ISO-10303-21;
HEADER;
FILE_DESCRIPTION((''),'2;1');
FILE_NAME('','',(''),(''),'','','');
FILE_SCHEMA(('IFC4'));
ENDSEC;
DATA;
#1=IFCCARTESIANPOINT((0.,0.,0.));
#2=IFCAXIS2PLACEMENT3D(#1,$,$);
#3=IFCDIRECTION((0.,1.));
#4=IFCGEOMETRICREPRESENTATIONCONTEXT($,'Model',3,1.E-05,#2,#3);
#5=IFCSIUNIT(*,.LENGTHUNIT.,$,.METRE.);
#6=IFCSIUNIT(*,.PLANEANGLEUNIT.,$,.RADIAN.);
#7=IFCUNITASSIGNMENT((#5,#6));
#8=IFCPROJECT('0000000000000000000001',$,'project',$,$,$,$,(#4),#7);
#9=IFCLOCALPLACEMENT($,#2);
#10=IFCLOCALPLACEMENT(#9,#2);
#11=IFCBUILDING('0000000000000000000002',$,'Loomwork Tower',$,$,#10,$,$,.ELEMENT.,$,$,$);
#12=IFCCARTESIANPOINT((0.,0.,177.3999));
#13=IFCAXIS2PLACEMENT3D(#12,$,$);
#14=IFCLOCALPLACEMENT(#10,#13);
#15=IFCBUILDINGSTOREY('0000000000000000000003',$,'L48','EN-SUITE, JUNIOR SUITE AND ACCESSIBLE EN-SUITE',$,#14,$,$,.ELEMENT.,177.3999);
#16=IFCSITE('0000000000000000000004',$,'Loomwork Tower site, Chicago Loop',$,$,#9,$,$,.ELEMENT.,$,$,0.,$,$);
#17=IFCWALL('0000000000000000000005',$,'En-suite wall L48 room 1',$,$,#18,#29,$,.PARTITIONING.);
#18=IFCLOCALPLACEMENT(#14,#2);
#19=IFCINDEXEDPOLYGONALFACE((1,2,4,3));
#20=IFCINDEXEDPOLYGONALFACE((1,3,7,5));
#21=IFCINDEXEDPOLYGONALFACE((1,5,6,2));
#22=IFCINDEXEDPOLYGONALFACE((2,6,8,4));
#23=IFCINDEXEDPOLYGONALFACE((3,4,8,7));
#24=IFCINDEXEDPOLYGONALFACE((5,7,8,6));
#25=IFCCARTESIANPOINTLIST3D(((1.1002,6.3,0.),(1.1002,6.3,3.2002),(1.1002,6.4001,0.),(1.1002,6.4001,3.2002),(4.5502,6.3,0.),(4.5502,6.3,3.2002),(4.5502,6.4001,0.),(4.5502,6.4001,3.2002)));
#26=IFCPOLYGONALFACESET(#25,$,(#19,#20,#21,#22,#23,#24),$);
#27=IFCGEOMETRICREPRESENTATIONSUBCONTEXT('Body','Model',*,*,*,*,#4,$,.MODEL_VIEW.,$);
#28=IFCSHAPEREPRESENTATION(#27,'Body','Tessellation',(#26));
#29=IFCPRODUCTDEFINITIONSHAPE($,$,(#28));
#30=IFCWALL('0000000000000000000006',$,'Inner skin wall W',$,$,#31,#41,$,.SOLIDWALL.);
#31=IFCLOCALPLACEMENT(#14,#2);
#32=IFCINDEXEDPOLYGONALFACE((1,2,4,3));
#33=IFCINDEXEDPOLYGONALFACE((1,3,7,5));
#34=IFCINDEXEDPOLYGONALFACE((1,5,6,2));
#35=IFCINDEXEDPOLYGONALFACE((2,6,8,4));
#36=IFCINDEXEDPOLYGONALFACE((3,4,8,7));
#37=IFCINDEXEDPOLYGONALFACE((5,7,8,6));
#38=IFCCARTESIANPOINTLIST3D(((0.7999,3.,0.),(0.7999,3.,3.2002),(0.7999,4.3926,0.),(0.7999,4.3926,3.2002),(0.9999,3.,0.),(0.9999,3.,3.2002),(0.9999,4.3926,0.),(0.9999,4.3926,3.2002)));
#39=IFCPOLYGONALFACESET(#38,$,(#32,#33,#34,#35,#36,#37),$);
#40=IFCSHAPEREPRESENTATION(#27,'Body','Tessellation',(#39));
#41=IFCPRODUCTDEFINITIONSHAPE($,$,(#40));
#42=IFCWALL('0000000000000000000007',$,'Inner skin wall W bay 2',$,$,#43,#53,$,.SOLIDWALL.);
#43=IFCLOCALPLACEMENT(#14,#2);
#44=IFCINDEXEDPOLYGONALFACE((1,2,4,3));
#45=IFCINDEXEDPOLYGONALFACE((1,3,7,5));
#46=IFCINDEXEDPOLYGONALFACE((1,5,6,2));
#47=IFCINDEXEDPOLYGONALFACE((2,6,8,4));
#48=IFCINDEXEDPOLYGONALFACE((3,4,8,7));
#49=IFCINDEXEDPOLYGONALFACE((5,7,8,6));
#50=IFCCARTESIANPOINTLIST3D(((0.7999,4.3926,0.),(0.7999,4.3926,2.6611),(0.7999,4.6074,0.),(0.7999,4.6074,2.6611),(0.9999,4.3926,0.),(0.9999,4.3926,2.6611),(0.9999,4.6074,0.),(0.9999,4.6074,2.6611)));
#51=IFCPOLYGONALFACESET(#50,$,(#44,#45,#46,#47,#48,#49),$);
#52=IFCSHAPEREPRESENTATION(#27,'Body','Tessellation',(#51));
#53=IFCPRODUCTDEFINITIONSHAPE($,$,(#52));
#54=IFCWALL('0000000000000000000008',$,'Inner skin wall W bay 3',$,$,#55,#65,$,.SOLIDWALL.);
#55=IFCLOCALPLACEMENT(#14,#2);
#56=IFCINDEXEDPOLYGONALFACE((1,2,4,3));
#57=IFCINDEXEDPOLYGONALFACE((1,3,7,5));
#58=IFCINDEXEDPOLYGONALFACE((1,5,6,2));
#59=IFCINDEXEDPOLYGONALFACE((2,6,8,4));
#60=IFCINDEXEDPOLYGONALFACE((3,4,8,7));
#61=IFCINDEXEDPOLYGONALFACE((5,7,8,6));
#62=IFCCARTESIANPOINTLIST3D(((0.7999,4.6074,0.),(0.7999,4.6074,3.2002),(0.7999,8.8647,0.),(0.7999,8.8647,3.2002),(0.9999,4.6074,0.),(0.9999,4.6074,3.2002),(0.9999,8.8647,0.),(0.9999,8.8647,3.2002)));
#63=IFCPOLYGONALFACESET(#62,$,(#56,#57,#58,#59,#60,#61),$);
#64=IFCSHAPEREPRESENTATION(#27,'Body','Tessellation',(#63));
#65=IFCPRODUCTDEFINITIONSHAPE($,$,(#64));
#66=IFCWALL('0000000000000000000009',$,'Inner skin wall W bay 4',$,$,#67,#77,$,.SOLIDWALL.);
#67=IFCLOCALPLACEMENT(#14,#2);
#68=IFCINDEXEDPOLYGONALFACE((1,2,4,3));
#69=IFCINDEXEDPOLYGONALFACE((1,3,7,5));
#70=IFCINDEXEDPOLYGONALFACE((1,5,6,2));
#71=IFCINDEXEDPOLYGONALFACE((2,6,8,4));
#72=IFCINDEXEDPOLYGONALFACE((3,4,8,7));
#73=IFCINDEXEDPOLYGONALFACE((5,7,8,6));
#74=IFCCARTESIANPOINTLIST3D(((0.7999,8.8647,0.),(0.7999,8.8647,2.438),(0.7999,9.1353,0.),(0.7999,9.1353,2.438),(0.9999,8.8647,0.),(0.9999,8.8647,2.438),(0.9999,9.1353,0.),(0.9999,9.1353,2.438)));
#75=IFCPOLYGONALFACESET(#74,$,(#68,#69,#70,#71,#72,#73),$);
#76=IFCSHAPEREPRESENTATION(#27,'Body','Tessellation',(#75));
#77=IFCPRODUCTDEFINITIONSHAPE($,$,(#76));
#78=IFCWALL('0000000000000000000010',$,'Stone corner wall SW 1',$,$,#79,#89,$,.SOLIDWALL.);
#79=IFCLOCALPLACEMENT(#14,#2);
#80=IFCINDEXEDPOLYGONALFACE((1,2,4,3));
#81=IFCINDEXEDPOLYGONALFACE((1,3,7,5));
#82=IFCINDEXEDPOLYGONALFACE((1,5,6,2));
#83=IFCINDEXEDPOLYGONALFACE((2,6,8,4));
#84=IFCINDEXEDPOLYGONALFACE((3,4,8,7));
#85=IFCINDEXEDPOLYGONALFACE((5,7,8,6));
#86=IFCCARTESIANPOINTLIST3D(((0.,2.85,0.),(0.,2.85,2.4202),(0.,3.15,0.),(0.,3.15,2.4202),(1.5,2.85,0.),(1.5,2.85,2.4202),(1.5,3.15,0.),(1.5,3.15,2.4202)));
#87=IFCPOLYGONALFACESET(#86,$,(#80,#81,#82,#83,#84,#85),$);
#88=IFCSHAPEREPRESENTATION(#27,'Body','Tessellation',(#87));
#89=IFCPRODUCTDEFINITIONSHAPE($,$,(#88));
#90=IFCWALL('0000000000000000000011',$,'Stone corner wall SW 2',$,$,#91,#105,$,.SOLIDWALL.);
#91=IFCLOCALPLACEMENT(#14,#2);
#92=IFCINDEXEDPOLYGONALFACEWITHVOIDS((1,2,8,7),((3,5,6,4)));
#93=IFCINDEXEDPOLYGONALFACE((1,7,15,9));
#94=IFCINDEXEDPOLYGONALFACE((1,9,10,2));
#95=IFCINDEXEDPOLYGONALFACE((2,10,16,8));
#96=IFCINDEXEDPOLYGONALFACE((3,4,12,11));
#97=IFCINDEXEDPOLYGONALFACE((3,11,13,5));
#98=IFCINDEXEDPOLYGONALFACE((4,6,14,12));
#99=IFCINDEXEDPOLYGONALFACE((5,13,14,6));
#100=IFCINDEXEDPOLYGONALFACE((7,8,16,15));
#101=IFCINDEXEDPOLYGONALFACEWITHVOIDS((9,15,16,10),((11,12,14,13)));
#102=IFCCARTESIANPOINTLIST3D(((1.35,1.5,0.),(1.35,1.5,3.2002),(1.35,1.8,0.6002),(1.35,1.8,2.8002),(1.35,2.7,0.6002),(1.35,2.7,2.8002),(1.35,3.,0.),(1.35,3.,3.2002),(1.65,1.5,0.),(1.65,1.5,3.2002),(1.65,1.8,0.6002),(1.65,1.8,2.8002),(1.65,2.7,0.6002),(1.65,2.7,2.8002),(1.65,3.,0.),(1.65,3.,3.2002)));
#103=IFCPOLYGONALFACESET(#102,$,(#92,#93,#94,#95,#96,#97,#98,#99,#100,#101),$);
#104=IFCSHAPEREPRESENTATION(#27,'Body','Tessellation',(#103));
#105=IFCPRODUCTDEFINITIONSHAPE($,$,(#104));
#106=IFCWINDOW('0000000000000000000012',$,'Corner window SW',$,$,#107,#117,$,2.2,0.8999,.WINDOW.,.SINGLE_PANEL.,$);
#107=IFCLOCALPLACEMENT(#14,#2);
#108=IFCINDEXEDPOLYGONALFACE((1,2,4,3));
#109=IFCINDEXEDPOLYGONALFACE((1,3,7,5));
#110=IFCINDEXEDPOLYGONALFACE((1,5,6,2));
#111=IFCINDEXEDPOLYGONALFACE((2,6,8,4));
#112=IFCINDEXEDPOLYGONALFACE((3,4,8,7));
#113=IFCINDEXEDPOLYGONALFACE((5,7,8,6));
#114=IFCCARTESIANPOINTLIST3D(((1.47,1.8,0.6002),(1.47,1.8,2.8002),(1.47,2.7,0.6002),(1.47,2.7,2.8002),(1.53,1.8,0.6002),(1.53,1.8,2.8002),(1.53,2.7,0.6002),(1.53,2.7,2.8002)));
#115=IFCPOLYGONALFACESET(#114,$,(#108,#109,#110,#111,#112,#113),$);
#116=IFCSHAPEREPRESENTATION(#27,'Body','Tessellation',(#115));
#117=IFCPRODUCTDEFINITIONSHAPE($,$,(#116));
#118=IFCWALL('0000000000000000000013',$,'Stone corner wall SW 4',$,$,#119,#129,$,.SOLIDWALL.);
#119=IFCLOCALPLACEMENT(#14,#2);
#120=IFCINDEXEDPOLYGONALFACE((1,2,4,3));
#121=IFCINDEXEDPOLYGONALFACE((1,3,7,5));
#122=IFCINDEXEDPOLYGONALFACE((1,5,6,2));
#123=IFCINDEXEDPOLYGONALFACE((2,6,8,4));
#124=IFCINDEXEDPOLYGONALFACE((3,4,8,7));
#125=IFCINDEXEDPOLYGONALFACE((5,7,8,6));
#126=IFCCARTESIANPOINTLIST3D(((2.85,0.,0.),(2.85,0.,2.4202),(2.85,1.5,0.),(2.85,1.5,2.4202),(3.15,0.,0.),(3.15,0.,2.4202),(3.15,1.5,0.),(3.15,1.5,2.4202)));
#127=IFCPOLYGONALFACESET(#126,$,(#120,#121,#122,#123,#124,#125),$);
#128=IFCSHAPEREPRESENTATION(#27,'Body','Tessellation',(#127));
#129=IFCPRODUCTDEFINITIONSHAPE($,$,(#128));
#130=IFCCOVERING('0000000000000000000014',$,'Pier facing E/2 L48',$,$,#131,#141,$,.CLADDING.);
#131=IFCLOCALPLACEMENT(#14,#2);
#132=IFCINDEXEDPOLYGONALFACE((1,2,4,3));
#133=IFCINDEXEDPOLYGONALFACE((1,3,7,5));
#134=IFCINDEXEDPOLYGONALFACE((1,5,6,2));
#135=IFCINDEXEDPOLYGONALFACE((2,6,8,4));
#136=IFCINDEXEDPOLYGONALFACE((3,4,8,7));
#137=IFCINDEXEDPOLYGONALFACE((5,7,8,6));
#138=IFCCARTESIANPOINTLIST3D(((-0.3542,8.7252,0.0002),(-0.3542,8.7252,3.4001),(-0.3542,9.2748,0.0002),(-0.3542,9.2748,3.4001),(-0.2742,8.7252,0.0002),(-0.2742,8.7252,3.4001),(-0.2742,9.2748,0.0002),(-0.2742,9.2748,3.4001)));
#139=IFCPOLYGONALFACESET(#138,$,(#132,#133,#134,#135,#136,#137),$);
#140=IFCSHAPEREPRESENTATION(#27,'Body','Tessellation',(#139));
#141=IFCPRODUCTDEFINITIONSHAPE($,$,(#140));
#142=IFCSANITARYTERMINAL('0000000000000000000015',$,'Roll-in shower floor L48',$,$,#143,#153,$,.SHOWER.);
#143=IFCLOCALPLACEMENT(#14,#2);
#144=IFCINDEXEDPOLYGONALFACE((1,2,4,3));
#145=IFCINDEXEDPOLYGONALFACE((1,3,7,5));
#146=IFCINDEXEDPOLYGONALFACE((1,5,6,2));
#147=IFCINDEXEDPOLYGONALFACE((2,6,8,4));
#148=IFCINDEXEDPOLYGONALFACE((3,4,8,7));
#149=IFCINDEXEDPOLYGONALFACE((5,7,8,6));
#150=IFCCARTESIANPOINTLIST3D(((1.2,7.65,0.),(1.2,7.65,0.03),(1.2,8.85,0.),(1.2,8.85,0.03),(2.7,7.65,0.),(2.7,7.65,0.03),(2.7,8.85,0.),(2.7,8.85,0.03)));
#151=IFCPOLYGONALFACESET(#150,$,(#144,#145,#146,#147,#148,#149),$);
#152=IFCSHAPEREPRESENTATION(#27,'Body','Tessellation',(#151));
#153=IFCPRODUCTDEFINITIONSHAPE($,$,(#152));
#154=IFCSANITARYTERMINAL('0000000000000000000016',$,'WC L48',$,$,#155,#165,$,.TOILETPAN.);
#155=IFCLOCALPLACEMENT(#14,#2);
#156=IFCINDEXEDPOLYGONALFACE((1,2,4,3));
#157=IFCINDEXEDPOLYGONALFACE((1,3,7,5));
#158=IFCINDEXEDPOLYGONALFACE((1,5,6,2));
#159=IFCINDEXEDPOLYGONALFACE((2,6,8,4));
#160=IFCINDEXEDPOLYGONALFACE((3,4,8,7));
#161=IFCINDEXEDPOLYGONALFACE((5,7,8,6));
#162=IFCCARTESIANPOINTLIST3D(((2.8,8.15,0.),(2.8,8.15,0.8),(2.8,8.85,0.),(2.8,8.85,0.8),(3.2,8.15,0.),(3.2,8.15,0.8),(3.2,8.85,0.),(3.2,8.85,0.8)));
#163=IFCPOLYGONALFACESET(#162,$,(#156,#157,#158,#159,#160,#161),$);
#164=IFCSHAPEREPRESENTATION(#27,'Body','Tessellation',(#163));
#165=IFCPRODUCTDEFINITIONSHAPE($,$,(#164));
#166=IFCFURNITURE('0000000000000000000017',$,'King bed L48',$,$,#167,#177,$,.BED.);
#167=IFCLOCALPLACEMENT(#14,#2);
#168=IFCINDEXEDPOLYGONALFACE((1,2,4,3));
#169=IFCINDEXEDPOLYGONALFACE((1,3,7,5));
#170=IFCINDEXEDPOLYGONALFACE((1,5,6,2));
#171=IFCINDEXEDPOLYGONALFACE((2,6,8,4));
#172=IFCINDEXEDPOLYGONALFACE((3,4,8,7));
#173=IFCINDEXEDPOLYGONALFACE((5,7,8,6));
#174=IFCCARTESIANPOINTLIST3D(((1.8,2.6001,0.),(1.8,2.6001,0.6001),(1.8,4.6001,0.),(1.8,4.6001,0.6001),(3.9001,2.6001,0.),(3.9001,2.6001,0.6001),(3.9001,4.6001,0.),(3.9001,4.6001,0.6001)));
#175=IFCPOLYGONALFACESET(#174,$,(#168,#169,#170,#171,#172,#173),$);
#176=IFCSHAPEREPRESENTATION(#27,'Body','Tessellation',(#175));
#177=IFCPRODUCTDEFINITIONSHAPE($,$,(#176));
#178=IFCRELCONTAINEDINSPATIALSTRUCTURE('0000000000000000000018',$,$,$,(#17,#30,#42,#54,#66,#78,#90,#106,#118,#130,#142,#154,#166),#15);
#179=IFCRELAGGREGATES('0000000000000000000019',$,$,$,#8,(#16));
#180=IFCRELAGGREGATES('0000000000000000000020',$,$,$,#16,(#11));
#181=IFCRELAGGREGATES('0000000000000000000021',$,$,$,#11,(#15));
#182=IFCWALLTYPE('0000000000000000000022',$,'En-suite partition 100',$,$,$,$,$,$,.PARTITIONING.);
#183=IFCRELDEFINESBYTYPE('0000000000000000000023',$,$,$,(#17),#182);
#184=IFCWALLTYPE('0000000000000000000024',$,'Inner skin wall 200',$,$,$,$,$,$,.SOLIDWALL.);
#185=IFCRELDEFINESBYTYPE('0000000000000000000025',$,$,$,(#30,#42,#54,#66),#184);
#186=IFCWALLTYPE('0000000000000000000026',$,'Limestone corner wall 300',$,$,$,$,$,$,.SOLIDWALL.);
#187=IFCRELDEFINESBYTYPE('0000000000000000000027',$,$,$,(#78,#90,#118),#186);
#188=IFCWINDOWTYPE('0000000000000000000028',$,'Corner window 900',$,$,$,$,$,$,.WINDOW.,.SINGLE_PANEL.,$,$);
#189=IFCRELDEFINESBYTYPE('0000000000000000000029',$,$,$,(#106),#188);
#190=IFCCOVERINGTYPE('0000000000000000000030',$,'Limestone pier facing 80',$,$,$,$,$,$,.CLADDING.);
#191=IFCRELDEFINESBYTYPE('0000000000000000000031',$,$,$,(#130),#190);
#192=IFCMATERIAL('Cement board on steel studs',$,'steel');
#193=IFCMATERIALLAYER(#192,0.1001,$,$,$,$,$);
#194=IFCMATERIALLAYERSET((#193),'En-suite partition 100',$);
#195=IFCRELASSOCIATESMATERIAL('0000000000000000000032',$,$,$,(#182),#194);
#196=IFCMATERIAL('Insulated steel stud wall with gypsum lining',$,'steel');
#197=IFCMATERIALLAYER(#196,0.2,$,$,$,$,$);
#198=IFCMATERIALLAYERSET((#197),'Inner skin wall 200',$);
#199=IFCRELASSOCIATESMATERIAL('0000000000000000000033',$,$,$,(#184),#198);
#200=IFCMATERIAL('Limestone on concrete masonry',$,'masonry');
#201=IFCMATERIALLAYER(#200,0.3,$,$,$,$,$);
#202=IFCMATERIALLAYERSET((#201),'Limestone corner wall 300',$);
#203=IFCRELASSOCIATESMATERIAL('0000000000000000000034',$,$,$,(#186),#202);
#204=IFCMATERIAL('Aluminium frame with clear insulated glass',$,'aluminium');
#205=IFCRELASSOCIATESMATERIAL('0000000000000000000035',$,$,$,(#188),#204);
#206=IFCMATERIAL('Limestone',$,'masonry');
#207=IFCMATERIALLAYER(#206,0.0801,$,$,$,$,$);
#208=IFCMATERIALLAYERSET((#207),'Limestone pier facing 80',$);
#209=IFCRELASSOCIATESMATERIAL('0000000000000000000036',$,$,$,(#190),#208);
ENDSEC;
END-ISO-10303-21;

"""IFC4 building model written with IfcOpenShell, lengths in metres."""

from ifc_helpers import new_model, si_unit, direction, frame, frame_2d, origin, origin_2d, place, context, subcontext, project, spatial, rectangle, extrude, material, layer, layer_set, type_object, element, fill, save


model = new_model("IFC4")

# Units and contexts
model_context = context("Model", 3, precision=1e-05, world=origin(), true_north=direction((0.0, 1.0)))
body_context = subcontext(model_context, "Body", "Model", "MODEL_VIEW")
ifc_project = project(units=[si_unit("LENGTHUNIT", "METRE"), si_unit("PLANEANGLEUNIT", "RADIAN")], contexts=[model_context])

# Site, building, storey
site_placement = place(None, origin())
site = spatial("IfcSite", under=ifc_project, at=site_placement, Name="Loomwork Tower site, Chicago Loop", CompositionType="ELEMENT", RefElevation=0.0)
building_placement = place(site_placement, origin())
building = spatial("IfcBuilding", under=site, at=building_placement, Name="Loomwork Tower", CompositionType="ELEMENT")
storey_placement = place(building_placement, frame((0.0, 0.0, 177.3999)))
storey = spatial("IfcBuildingStorey", under=building, at=storey_placement, Name="L48", Description="EN-SUITE, JUNIOR SUITE AND ACCESSIBLE EN-SUITE", CompositionType="ELEMENT", Elevation=177.3999)

# Walls
ifc_material_1 = material(Name="Cement board on steel studs", Category="steel")
ifc_layer_1 = layer(ifc_material_1, 0.1001)
ifc_layer_set_1 = layer_set([ifc_layer_1], Name="En-suite partition 100")
wall_type_1 = type_object("IfcWallType", Name="En-suite partition 100", PredefinedType="PARTITIONING", material=ifc_layer_set_1)
wall_1_placement = place(storey_placement, frame((1.1001, 6.3501, 0.0), z_axis=(0.0, 0.0, 1.0), x_axis=(1.0, 0.0, 0.0)))
element("IfcWall", 1, at=wall_1_placement, inside=storey, type_object=wall_type_1, Name="En-suite wall L48 room 1", PredefinedType="PARTITIONING", context=body_context, shape_type="SweptSolid", body=[
    extrude(rectangle(XDim=3.45, YDim=0.1001, at=frame_2d((1.7251, 0.0))), origin(), (0.0, 0.0, 1.0), 3.2002),
])
ifc_material_2 = material(Name="Insulated steel stud wall with gypsum lining", Category="steel")
ifc_layer_2 = layer(ifc_material_2, 0.2)
ifc_layer_set_2 = layer_set([ifc_layer_2], Name="Inner skin wall 200")
wall_type_2 = type_object("IfcWallType", Name="Inner skin wall 200", PredefinedType="SOLIDWALL", material=ifc_layer_set_2)
wall_2_placement = place(storey_placement, frame((0.8999, 3.0, 0.0), z_axis=(0.0, 0.0, 1.0), x_axis=(0.0, 1.0, 0.0)))
element("IfcWall", 2, at=wall_2_placement, inside=storey, type_object=wall_type_2, Name="Inner skin wall W", PredefinedType="SOLIDWALL", context=body_context, shape_type="SweptSolid", body=[
    extrude(rectangle(XDim=1.3926, YDim=0.2, at=frame_2d((0.6963, 0.0))), origin(), (0.0, 0.0, 1.0), 3.2002),
])
wall_3_placement = place(storey_placement, frame((0.8999, 4.3926, 0.0), z_axis=(0.0, 0.0, 1.0), x_axis=(0.0, 1.0, 0.0)))
element("IfcWall", 3, at=wall_3_placement, inside=storey, type_object=wall_type_2, Name="Inner skin wall W bay 2", PredefinedType="SOLIDWALL", context=body_context, shape_type="SweptSolid", body=[
    extrude(rectangle(XDim=0.2148, YDim=0.2, at=frame_2d((0.1074, 0.0))), origin(), (0.0, 0.0, 1.0), 2.6611),
])
wall_4_placement = place(storey_placement, frame((0.8999, 4.6074, 0.0), z_axis=(0.0, 0.0, 1.0), x_axis=(0.0, 1.0, 0.0)))
element("IfcWall", 4, at=wall_4_placement, inside=storey, type_object=wall_type_2, Name="Inner skin wall W bay 3", PredefinedType="SOLIDWALL", context=body_context, shape_type="SweptSolid", body=[
    extrude(rectangle(XDim=4.2573, YDim=0.2, at=frame_2d((2.1287, 0.0))), origin(), (0.0, 0.0, 1.0), 3.2002),
])
wall_5_placement = place(storey_placement, frame((0.8999, 8.8647, 0.0), z_axis=(0.0, 0.0, 1.0), x_axis=(0.0, 1.0, 0.0)))
element("IfcWall", 5, at=wall_5_placement, inside=storey, type_object=wall_type_2, Name="Inner skin wall W bay 4", PredefinedType="SOLIDWALL", context=body_context, shape_type="SweptSolid", body=[
    extrude(rectangle(XDim=0.2705, YDim=0.2, at=frame_2d((0.1353, 0.0))), origin(), (0.0, 0.0, 1.0), 2.438),
])
ifc_material_3 = material(Name="Limestone on concrete masonry", Category="masonry")
ifc_layer_3 = layer(ifc_material_3, 0.3)
ifc_layer_set_3 = layer_set([ifc_layer_3], Name="Limestone corner wall 300")
wall_type_3 = type_object("IfcWallType", Name="Limestone corner wall 300", PredefinedType="SOLIDWALL", material=ifc_layer_set_3)
wall_6_placement = place(storey_placement, frame((0.0, 3.0, 0.0), z_axis=(0.0, 0.0, 1.0), x_axis=(1.0, 0.0, 0.0)))
element("IfcWall", 6, at=wall_6_placement, inside=storey, type_object=wall_type_3, Name="Stone corner wall SW 1", PredefinedType="SOLIDWALL", context=body_context, shape_type="SweptSolid", body=[
    extrude(rectangle(XDim=1.5, YDim=0.3, at=frame_2d((0.75, 0.0))), origin(), (0.0, 0.0, 1.0), 2.4202),
])

# Wall, opening, window
wall_7_placement = place(storey_placement, frame((1.5, 3.0, 0.0), z_axis=(0.0, 0.0, 1.0), x_axis=(0.0, -1.0, 0.0)))
wall_7 = element("IfcWall", 7, at=wall_7_placement, inside=storey, type_object=wall_type_3, Name="Stone corner wall SW 2", PredefinedType="SOLIDWALL", context=body_context, shape_type="SweptSolid", body=[
    extrude(rectangle(XDim=1.5, YDim=0.3, at=frame_2d((0.75, 0.0))), origin(), (0.0, 0.0, 1.0), 3.2002),
])
opening_placement = place(wall_7_placement, frame((0.3, 0.0, 0.6001)))
opening = element("IfcOpeningElement", 8, at=opening_placement, cuts=wall_7, PredefinedType="OPENING", context=body_context, shape_type="SweptSolid", body=[
    extrude(rectangle(XDim=0.8999, YDim=2.2, at=frame_2d((0.45, 1.1001))), frame((0.0, 0.1599, 0.0), z_axis=(0.0, -1.0, 0.0), x_axis=(1.0, 0.0, 0.0)), (0.0, 0.0, 1.0), 0.3201),
])
ifc_material_4 = material(Name="Aluminium frame with clear insulated glass", Category="aluminium")
window_type = type_object("IfcWindowType", Name="Corner window 900", PartitioningType="SINGLE_PANEL", PredefinedType="WINDOW", material=ifc_material_4)
window_placement = place(opening_placement, origin())
window = element("IfcWindow", 9, at=window_placement, inside=storey, type_object=window_type, Name="Corner window SW", OverallHeight=2.2, OverallWidth=0.8999, PartitioningType="SINGLE_PANEL", PredefinedType="WINDOW", context=body_context, shape_type="SweptSolid", body=[
    extrude(rectangle(XDim=0.8999, YDim=2.2, at=frame_2d((0.45, 1.1001))), frame((0.0, 0.03, 0.0), z_axis=(0.0, -1.0, 0.0), x_axis=(1.0, 0.0, 0.0)), (0.0, 0.0, 1.0), 0.0601),
])
fill(opening, window)

# Wall
wall_8_placement = place(storey_placement, frame((3.0, 1.5, 0.0), z_axis=(0.0, 0.0, 1.0), x_axis=(0.0, -1.0, 0.0)))
element("IfcWall", 10, at=wall_8_placement, inside=storey, type_object=wall_type_3, Name="Stone corner wall SW 4", PredefinedType="SOLIDWALL", context=body_context, shape_type="SweptSolid", body=[
    extrude(rectangle(XDim=1.5, YDim=0.3, at=frame_2d((0.75, 0.0))), origin(), (0.0, 0.0, 1.0), 2.4202),
])

# Covering
ifc_material_5 = material(Name="Limestone", Category="masonry")
ifc_layer_4 = layer(ifc_material_5, 0.0801)
ifc_layer_set_4 = layer_set([ifc_layer_4], Name="Limestone pier facing 80")
covering_type = type_object("IfcCoveringType", Name="Limestone pier facing 80", PredefinedType="CLADDING", material=ifc_layer_set_4)
covering_placement = place(storey_placement, frame((-0.3142, 9.0, 0.0002), z_axis=(0.0, 0.0, 1.0), x_axis=(1.0, 0.0, 0.0)))
element("IfcCovering", 11, at=covering_placement, inside=storey, type_object=covering_type, Name="Pier facing E/2 L48", PredefinedType="CLADDING", context=body_context, shape_type="SweptSolid", body=[
    extrude(rectangle(XDim=0.0801, YDim=0.5496, at=origin_2d()), origin(), (0.0, 0.0, 1.0), 3.3999),
])

# Sanitary terminals
sanitary_terminal_1_placement = place(storey_placement, frame((1.95, 8.25, 0.0), z_axis=(0.0, 0.0, 1.0), x_axis=(1.0, 0.0, 0.0)))
element("IfcSanitaryTerminal", 12, at=sanitary_terminal_1_placement, inside=storey, Name="Roll-in shower floor L48", PredefinedType="SHOWER", context=body_context, shape_type="SweptSolid", body=[
    extrude(rectangle(XDim=1.5, YDim=1.2, at=origin_2d()), origin(), (0.0, 0.0, 1.0), 0.03),
])
sanitary_terminal_2_placement = place(storey_placement, frame((3.0, 8.5, 0.0), z_axis=(0.0, 0.0, 1.0), x_axis=(1.0, 0.0, 0.0)))
element("IfcSanitaryTerminal", 13, at=sanitary_terminal_2_placement, inside=storey, Name="WC L48", PredefinedType="TOILETPAN", context=body_context, shape_type="SweptSolid", body=[
    extrude(rectangle(XDim=0.3999, YDim=0.7, at=origin_2d()), origin(), (0.0, 0.0, 1.0), 0.8),
])

# Furniture
furniture_placement = place(storey_placement, frame((2.8501, 3.6001, 0.0), z_axis=(0.0, 0.0, 1.0), x_axis=(1.0, 0.0, 0.0)))
element("IfcFurniture", 14, at=furniture_placement, inside=storey, Name="King bed L48", PredefinedType="BED", context=body_context, shape_type="SweptSolid", body=[
    extrude(rectangle(XDim=2.1001, YDim=2.0, at=origin_2d()), origin(), (0.0, 0.0, 1.0), 0.6001),
])

save(model, "model.ifc")
